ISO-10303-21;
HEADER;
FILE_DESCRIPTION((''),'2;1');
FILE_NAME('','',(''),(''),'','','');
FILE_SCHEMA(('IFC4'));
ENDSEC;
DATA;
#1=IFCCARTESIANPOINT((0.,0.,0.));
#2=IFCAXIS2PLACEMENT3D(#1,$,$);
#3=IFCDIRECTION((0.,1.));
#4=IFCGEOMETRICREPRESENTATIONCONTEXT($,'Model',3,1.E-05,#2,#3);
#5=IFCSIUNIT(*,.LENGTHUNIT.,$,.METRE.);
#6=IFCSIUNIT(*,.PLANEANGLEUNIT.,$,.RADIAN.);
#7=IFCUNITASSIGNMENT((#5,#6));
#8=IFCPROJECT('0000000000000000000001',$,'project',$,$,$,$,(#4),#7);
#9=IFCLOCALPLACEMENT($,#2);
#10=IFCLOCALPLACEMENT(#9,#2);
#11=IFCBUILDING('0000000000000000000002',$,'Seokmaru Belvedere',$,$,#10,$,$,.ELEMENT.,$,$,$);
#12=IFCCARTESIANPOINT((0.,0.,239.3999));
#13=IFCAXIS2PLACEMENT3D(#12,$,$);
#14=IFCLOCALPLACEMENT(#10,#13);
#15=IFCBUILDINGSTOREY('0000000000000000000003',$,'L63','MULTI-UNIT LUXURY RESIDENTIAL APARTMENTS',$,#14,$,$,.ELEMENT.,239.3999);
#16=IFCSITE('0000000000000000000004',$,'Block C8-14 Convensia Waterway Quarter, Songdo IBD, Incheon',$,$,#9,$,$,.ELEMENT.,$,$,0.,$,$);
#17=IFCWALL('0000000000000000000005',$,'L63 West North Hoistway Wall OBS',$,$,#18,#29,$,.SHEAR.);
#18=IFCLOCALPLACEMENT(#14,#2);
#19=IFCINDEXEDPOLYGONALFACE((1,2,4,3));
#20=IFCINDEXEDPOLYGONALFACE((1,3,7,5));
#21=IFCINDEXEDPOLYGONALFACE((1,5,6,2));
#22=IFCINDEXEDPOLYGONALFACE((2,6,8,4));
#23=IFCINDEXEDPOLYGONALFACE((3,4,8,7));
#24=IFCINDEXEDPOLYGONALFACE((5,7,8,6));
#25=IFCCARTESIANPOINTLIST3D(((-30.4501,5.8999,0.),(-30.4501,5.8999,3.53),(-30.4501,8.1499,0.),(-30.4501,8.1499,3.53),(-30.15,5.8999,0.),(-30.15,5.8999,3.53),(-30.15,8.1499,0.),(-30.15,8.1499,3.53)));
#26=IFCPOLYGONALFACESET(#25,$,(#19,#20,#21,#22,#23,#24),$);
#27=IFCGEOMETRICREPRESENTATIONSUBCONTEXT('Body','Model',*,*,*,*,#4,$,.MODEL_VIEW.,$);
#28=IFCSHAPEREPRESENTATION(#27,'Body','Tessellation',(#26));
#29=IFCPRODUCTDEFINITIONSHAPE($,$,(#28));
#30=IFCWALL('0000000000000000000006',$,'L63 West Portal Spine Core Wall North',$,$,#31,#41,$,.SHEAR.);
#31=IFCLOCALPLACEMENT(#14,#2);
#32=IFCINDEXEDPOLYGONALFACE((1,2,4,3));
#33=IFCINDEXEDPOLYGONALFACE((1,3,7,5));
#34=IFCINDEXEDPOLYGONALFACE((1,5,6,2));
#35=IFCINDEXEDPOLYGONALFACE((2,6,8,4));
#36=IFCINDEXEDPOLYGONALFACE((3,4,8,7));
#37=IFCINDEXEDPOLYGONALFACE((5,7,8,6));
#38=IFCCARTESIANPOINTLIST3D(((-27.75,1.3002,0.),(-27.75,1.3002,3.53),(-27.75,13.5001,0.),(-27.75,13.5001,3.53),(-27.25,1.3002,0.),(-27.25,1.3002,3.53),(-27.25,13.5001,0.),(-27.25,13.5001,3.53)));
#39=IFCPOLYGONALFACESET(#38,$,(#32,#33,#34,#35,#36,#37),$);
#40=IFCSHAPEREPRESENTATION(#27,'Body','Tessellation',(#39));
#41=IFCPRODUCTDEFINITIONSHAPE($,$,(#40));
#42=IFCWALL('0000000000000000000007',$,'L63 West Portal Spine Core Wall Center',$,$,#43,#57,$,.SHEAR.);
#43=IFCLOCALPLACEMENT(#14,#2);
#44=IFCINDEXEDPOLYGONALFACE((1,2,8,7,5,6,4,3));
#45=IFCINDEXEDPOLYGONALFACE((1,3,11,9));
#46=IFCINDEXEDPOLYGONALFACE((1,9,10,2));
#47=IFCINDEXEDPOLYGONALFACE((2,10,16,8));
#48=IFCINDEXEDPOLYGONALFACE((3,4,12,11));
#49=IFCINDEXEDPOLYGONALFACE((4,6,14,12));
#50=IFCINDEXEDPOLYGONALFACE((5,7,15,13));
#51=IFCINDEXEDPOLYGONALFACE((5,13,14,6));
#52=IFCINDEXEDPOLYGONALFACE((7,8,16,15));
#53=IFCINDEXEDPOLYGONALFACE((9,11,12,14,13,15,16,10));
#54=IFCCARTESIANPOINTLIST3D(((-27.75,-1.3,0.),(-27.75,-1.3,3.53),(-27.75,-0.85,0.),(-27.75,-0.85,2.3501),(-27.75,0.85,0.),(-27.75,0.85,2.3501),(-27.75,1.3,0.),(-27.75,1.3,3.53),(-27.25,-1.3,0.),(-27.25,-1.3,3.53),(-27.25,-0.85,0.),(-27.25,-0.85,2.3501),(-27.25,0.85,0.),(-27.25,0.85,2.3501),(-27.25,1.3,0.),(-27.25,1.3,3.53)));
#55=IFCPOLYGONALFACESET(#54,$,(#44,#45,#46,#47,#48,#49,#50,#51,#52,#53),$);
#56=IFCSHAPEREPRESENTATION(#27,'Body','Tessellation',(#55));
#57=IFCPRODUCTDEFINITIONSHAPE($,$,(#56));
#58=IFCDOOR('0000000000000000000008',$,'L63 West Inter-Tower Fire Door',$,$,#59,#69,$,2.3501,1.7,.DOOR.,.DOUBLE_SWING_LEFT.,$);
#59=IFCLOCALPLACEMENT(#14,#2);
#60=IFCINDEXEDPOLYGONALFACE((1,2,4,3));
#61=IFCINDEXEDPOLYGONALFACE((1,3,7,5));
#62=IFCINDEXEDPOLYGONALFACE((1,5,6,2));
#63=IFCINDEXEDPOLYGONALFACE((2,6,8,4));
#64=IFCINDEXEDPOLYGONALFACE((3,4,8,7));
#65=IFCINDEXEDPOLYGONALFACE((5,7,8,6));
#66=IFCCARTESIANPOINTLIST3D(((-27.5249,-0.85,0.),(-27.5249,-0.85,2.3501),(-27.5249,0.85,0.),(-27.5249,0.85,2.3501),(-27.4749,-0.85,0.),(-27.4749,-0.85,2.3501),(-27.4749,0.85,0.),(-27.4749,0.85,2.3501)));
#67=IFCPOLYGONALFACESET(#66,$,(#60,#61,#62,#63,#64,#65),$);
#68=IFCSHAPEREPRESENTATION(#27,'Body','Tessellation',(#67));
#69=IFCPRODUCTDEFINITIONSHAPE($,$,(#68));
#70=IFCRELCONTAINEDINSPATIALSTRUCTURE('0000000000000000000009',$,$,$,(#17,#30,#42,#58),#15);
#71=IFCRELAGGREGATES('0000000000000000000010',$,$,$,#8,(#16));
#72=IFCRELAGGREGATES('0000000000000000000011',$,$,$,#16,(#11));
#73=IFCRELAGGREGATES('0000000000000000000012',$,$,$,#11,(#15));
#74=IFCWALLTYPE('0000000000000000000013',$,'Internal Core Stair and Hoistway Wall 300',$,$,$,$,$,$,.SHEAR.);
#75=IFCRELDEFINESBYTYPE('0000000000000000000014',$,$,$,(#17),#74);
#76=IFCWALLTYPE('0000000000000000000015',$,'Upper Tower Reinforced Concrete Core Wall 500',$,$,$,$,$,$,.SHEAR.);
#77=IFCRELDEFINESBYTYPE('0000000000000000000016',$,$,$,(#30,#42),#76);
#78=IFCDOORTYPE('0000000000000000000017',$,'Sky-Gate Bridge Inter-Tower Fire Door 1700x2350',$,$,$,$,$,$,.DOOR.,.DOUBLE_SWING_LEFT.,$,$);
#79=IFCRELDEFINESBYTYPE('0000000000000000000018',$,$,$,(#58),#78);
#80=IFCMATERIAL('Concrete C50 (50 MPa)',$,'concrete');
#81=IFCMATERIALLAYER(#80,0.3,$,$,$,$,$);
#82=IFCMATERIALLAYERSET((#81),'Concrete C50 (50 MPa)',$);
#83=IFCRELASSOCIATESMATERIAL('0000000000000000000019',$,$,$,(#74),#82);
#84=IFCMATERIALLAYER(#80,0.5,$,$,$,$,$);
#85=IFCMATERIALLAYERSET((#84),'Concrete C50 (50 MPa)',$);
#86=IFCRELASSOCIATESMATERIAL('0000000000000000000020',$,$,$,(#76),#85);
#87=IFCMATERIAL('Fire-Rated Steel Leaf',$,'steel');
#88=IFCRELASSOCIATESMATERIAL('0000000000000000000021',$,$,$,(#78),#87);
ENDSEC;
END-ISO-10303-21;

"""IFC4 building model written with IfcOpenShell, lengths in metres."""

from ifc_helpers import new_model, si_unit, direction, frame, frame_2d, origin, place, context, subcontext, project, spatial, rectangle, extrude, source, transform, mapped, material, layer, layer_set, type_object, type_shapes, element, fill, save


model = new_model("IFC4")

# Units and contexts
model_context = context("Model", 3, precision=1e-05, world=origin(), true_north=direction((0.0, 1.0)))
body_context = subcontext(model_context, "Body", "Model", "MODEL_VIEW")
ifc_project = project(units=[si_unit("LENGTHUNIT", "METRE"), si_unit("PLANEANGLEUNIT", "RADIAN")], contexts=[model_context])

# Site, building, storey
site_placement = place(None, origin())
site = spatial("IfcSite", under=ifc_project, at=site_placement, Name="Block C8-14 Convensia Waterway Quarter, Songdo IBD, Incheon", CompositionType="ELEMENT", RefElevation=0.0)
building_placement = place(site_placement, origin())
building = spatial("IfcBuilding", under=site, at=building_placement, Name="Seokmaru Belvedere", CompositionType="ELEMENT")
storey_placement = place(building_placement, frame((0.0, 0.0, 239.3999)))
storey = spatial("IfcBuildingStorey", under=building, at=storey_placement, Name="L63", Description="MULTI-UNIT LUXURY RESIDENTIAL APARTMENTS", CompositionType="ELEMENT", Elevation=239.3999)

# Shared definitions
ifc_material_1 = material(Name="Concrete C50 (50 MPa)", Category="concrete")

# Shared definitions
ifc_material_2 = material(Name="Fire-Rated Steel Leaf", Category="steel")
ifc_layer_1 = layer(ifc_material_1, 0.3)
ifc_layer_set_1 = layer_set([ifc_layer_1], Name="Concrete C50 (50 MPa)")
wall_type_1 = type_object("IfcWallType", Name="Internal Core Stair and Hoistway Wall 300", PredefinedType="SHEAR", material=ifc_layer_set_1)

# Wall
wall_1_placement = place(storey_placement, frame((-30.3, 5.8999, 0.0), z_axis=(0.0, 0.0, 1.0), x_axis=(0.0, 1.0, 0.0)))
element("IfcWall", 1, at=wall_1_placement, inside=storey, type_object=wall_type_1, Name="L63 West North Hoistway Wall OBS", PredefinedType="SHEAR", context=body_context, shape_type="SweptSolid", body=[
    extrude(rectangle(XDim=2.25, YDim=0.3, at=frame_2d((1.125, 0.0))), origin(), (0.0, 0.0, 1.0), 3.53),
])

# Wall
ifc_layer_2 = layer(ifc_material_1, 0.5)
ifc_layer_set_2 = layer_set([ifc_layer_2], Name="Concrete C50 (50 MPa)")
wall_type_2 = type_object("IfcWallType", Name="Upper Tower Reinforced Concrete Core Wall 500", PredefinedType="SHEAR", material=ifc_layer_set_2)
wall_2_placement = place(storey_placement, frame((-27.5, 1.3, 0.0), z_axis=(0.0, 0.0, 1.0), x_axis=(0.0, 1.0, 0.0)))
element("IfcWall", 2, at=wall_2_placement, inside=storey, type_object=wall_type_2, Name="L63 West Portal Spine Core Wall North", PredefinedType="SHEAR", context=body_context, shape_type="SweptSolid", body=[
    extrude(rectangle(XDim=12.2, YDim=0.5, at=frame_2d((6.1001, 0.0))), origin(), (0.0, 0.0, 1.0), 3.53),
])

# Wall, opening, door
wall_3_placement = place(storey_placement, frame((-27.5, -1.3, 0.0), z_axis=(0.0, 0.0, 1.0), x_axis=(0.0, 1.0, 0.0)))
wall_3 = element("IfcWall", 3, at=wall_3_placement, inside=storey, type_object=wall_type_2, Name="L63 West Portal Spine Core Wall Center", PredefinedType="SHEAR", context=body_context, shape_type="SweptSolid", body=[
    extrude(rectangle(XDim=2.6001, YDim=0.5, at=frame_2d((1.3, 0.0))), origin(), (0.0, 0.0, 1.0), 3.53),
])
opening_1_placement = place(wall_3_placement, frame((0.45, 0.0, 0.0)))
opening_1 = element("IfcOpeningElement", 4, at=opening_1_placement, cuts=wall_3, PredefinedType="OPENING", context=body_context, shape_type="SweptSolid", body=[
    extrude(rectangle(XDim=1.7, YDim=2.3501, at=frame_2d((0.8501, 1.175))), frame((0.0, 0.26, 0.0), z_axis=(0.0, -1.0, 0.0), x_axis=(1.0, 0.0, 0.0)), (0.0, 0.0, 1.0), 0.52),
])
door_type_1 = type_object("IfcDoorType", Name="Sky-Gate Bridge Inter-Tower Fire Door 1700x2350", OperationType="DOUBLE_SWING_LEFT", PredefinedType="DOOR", material=ifc_material_2)
shared_shape_1 = source(origin(), body_context, "Body", "SweptSolid", [
    extrude(rectangle(XDim=1.7, YDim=2.3501, at=frame_2d((0.8501, 1.175))), frame((0.0, 0.0249, 0.0), z_axis=(0.0, -1.0, 0.0), x_axis=(1.0, 0.0, 0.0)), (0.0, 0.0, 1.0), 0.05),
])
type_shapes(door_type_1, [shared_shape_1])
door_1_placement = place(opening_1_placement, origin())
door_1 = element("IfcDoor", 5, at=door_1_placement, inside=storey, type_object=door_type_1, Name="L63 West Inter-Tower Fire Door", OperationType="DOUBLE_SWING_LEFT", OverallHeight=2.3501, OverallWidth=1.7, PredefinedType="DOOR", context=body_context, shape_type="MappedRepresentation", body=[
    mapped(shared_shape_1, transform((0.0, 0.0, 0.0), scale=1.0)),
])
fill(opening_1, door_1)

save(model, "model.ifc")
